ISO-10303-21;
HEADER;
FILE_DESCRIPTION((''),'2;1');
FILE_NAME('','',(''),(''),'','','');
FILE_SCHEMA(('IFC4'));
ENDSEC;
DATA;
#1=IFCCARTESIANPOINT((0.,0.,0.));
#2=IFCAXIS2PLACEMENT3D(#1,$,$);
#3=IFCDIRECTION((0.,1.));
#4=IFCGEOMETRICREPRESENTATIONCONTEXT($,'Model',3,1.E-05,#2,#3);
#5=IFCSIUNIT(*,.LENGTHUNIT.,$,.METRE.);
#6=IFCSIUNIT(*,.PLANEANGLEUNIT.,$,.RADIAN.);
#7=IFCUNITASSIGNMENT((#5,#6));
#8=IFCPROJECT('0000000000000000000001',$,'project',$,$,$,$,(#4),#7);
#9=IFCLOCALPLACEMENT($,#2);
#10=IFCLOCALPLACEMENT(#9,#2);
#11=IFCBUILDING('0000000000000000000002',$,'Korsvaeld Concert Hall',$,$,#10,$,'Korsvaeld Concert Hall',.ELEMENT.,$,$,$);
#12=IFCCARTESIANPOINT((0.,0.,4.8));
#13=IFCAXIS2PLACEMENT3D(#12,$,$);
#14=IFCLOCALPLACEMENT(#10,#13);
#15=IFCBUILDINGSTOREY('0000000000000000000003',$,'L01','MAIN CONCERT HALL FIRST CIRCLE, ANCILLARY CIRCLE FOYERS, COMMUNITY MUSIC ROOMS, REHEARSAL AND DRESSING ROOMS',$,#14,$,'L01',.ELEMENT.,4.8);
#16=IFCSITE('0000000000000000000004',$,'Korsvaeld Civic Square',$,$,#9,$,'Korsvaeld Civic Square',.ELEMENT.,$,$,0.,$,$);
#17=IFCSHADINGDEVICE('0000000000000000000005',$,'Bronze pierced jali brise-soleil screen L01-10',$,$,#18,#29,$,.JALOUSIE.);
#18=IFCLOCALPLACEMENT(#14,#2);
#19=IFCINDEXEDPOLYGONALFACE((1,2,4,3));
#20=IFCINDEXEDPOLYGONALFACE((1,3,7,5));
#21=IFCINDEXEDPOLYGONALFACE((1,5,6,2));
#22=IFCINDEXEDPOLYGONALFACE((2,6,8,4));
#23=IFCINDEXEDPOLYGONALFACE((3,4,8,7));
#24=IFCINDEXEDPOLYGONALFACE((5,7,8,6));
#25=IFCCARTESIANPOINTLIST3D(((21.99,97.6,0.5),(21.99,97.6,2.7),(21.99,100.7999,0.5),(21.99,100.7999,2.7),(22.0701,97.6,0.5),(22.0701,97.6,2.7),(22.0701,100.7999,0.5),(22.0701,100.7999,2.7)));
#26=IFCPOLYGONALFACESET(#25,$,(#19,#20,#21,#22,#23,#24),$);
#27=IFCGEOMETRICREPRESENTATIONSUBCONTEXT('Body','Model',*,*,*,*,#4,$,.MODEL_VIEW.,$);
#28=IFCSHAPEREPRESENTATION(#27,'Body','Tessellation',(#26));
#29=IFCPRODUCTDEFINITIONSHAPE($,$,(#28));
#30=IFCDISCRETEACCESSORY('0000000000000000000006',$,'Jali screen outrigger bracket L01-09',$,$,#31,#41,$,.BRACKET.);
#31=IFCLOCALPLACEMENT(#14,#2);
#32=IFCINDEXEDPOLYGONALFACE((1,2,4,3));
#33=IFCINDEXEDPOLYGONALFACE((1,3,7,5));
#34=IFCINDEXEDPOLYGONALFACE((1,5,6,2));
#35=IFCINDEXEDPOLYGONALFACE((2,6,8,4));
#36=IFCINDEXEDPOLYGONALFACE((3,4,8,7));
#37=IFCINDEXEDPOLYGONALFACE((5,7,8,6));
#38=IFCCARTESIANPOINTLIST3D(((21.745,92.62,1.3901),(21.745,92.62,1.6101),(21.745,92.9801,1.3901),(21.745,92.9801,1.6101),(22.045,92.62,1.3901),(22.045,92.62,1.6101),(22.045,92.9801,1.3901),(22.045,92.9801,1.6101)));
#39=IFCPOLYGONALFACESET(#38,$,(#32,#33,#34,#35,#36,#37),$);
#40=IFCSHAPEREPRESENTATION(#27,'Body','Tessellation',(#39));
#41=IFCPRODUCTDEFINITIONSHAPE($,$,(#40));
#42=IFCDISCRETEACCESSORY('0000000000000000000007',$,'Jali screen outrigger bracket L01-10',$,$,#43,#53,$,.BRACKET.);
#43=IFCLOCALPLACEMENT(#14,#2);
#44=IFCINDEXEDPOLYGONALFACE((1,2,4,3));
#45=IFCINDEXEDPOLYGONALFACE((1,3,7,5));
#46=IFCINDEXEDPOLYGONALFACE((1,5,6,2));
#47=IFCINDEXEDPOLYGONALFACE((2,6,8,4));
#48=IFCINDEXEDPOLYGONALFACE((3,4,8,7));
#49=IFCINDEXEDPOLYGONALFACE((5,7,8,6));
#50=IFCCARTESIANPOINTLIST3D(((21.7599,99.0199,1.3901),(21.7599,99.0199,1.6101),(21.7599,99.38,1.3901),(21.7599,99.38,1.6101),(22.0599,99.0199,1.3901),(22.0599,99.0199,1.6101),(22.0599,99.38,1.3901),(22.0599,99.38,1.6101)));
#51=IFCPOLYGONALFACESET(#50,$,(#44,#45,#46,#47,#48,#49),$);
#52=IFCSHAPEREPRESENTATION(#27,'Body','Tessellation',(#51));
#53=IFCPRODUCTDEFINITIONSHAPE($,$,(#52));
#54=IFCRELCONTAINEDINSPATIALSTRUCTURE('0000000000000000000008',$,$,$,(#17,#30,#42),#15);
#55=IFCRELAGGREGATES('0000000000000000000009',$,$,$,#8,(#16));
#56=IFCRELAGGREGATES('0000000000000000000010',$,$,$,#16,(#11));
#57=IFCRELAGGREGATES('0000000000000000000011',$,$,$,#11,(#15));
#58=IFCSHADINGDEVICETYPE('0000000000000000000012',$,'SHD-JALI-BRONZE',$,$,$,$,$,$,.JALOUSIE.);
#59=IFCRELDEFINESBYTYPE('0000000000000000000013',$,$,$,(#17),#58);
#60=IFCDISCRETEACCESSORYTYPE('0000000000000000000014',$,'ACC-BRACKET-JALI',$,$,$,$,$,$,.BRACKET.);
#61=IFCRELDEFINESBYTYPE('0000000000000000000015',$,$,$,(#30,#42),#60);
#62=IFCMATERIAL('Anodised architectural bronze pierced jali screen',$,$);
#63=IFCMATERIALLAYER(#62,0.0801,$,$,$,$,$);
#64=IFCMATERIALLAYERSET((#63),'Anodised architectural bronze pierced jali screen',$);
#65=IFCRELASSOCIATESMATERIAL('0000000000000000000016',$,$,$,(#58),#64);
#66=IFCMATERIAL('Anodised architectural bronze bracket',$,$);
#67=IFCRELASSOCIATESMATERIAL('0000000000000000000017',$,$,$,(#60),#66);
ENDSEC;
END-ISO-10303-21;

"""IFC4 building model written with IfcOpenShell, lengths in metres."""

from ifc_helpers import new_model, si_unit, direction, frame, origin, origin_2d, place, context, subcontext, project, spatial, rectangle, extrude, material, layer, layer_set, type_object, element, save


model = new_model("IFC4")

# Units and contexts
model_context = context("Model", 3, precision=1e-05, world=origin(), true_north=direction((0.0, 1.0)))
body_context = subcontext(model_context, "Body", "Model", "MODEL_VIEW")
ifc_project = project(units=[si_unit("LENGTHUNIT", "METRE"), si_unit("PLANEANGLEUNIT", "RADIAN")], contexts=[model_context])

# Site, building, storey
site_placement = place(None, origin())
site = spatial("IfcSite", under=ifc_project, at=site_placement, Name="Korsvaeld Civic Square", LongName="Korsvaeld Civic Square", CompositionType="ELEMENT", RefElevation=0.0)
building_placement = place(site_placement, origin())
building = spatial("IfcBuilding", under=site, at=building_placement, Name="Korsvaeld Concert Hall", LongName="Korsvaeld Concert Hall", CompositionType="ELEMENT")
storey_placement = place(building_placement, frame((0.0, 0.0, 4.8)))
storey = spatial("IfcBuildingStorey", under=building, at=storey_placement, Name="L01", Description="MAIN CONCERT HALL FIRST CIRCLE, ANCILLARY CIRCLE FOYERS, COMMUNITY MUSIC ROOMS, REHEARSAL AND DRESSING ROOMS", LongName="L01", CompositionType="ELEMENT", Elevation=4.8)

# Shading device
ifc_material_1 = material(Name="Anodised architectural bronze pierced jali screen")
ifc_layer_1 = layer(ifc_material_1, 0.0801)
ifc_layer_set_1 = layer_set([ifc_layer_1], Name="Anodised architectural bronze pierced jali screen")
shading_device_type = type_object("IfcShadingDeviceType", Name="SHD-JALI-BRONZE", PredefinedType="JALOUSIE", material=ifc_layer_set_1)
for number, where, z_axis, x_axis, name in (
    (1, (22.03, 99.2, 0.5), (0.0, 0.0, 1.0), (0.0, 1.0, 0.0), "Bronze pierced jali brise-soleil screen L01-10"),
):
    element("IfcShadingDevice", number, at=place(storey_placement, frame(where, z_axis=z_axis, x_axis=x_axis)), inside=storey, type_object=shading_device_type, Name=name, PredefinedType="JALOUSIE", context=body_context, shape_type="SweptSolid", body=[
        extrude(rectangle(XDim=3.2, YDim=0.0801, at=origin_2d()), origin(), (0.0, 0.0, 1.0), 2.2),
    ])

# Discrete accessories
ifc_material_2 = material(Name="Anodised architectural bronze bracket")
discrete_accessory_type = type_object("IfcDiscreteAccessoryType", Name="ACC-BRACKET-JALI", PredefinedType="BRACKET", material=ifc_material_2)
for number, where, z_axis, x_axis, name in (
    (2, (21.895, 92.8, 1.3901), (0.0, 0.0, 1.0), (0.0, 1.0, 0.0), "Jali screen outrigger bracket L01-09"),
    (3, (21.9099, 99.2, 1.3901), (0.0, 0.0, 1.0), (0.0, 1.0, 0.0), "Jali screen outrigger bracket L01-10"),
):
    element("IfcDiscreteAccessory", number, at=place(storey_placement, frame(where, z_axis=z_axis, x_axis=x_axis)), inside=storey, type_object=discrete_accessory_type, Name=name, PredefinedType="BRACKET", context=body_context, shape_type="SweptSolid", body=[
        extrude(rectangle(XDim=0.3601, YDim=0.3, at=origin_2d()), origin(), (0.0, 0.0, 1.0), 0.22),
    ])

save(model, "model.ifc")
